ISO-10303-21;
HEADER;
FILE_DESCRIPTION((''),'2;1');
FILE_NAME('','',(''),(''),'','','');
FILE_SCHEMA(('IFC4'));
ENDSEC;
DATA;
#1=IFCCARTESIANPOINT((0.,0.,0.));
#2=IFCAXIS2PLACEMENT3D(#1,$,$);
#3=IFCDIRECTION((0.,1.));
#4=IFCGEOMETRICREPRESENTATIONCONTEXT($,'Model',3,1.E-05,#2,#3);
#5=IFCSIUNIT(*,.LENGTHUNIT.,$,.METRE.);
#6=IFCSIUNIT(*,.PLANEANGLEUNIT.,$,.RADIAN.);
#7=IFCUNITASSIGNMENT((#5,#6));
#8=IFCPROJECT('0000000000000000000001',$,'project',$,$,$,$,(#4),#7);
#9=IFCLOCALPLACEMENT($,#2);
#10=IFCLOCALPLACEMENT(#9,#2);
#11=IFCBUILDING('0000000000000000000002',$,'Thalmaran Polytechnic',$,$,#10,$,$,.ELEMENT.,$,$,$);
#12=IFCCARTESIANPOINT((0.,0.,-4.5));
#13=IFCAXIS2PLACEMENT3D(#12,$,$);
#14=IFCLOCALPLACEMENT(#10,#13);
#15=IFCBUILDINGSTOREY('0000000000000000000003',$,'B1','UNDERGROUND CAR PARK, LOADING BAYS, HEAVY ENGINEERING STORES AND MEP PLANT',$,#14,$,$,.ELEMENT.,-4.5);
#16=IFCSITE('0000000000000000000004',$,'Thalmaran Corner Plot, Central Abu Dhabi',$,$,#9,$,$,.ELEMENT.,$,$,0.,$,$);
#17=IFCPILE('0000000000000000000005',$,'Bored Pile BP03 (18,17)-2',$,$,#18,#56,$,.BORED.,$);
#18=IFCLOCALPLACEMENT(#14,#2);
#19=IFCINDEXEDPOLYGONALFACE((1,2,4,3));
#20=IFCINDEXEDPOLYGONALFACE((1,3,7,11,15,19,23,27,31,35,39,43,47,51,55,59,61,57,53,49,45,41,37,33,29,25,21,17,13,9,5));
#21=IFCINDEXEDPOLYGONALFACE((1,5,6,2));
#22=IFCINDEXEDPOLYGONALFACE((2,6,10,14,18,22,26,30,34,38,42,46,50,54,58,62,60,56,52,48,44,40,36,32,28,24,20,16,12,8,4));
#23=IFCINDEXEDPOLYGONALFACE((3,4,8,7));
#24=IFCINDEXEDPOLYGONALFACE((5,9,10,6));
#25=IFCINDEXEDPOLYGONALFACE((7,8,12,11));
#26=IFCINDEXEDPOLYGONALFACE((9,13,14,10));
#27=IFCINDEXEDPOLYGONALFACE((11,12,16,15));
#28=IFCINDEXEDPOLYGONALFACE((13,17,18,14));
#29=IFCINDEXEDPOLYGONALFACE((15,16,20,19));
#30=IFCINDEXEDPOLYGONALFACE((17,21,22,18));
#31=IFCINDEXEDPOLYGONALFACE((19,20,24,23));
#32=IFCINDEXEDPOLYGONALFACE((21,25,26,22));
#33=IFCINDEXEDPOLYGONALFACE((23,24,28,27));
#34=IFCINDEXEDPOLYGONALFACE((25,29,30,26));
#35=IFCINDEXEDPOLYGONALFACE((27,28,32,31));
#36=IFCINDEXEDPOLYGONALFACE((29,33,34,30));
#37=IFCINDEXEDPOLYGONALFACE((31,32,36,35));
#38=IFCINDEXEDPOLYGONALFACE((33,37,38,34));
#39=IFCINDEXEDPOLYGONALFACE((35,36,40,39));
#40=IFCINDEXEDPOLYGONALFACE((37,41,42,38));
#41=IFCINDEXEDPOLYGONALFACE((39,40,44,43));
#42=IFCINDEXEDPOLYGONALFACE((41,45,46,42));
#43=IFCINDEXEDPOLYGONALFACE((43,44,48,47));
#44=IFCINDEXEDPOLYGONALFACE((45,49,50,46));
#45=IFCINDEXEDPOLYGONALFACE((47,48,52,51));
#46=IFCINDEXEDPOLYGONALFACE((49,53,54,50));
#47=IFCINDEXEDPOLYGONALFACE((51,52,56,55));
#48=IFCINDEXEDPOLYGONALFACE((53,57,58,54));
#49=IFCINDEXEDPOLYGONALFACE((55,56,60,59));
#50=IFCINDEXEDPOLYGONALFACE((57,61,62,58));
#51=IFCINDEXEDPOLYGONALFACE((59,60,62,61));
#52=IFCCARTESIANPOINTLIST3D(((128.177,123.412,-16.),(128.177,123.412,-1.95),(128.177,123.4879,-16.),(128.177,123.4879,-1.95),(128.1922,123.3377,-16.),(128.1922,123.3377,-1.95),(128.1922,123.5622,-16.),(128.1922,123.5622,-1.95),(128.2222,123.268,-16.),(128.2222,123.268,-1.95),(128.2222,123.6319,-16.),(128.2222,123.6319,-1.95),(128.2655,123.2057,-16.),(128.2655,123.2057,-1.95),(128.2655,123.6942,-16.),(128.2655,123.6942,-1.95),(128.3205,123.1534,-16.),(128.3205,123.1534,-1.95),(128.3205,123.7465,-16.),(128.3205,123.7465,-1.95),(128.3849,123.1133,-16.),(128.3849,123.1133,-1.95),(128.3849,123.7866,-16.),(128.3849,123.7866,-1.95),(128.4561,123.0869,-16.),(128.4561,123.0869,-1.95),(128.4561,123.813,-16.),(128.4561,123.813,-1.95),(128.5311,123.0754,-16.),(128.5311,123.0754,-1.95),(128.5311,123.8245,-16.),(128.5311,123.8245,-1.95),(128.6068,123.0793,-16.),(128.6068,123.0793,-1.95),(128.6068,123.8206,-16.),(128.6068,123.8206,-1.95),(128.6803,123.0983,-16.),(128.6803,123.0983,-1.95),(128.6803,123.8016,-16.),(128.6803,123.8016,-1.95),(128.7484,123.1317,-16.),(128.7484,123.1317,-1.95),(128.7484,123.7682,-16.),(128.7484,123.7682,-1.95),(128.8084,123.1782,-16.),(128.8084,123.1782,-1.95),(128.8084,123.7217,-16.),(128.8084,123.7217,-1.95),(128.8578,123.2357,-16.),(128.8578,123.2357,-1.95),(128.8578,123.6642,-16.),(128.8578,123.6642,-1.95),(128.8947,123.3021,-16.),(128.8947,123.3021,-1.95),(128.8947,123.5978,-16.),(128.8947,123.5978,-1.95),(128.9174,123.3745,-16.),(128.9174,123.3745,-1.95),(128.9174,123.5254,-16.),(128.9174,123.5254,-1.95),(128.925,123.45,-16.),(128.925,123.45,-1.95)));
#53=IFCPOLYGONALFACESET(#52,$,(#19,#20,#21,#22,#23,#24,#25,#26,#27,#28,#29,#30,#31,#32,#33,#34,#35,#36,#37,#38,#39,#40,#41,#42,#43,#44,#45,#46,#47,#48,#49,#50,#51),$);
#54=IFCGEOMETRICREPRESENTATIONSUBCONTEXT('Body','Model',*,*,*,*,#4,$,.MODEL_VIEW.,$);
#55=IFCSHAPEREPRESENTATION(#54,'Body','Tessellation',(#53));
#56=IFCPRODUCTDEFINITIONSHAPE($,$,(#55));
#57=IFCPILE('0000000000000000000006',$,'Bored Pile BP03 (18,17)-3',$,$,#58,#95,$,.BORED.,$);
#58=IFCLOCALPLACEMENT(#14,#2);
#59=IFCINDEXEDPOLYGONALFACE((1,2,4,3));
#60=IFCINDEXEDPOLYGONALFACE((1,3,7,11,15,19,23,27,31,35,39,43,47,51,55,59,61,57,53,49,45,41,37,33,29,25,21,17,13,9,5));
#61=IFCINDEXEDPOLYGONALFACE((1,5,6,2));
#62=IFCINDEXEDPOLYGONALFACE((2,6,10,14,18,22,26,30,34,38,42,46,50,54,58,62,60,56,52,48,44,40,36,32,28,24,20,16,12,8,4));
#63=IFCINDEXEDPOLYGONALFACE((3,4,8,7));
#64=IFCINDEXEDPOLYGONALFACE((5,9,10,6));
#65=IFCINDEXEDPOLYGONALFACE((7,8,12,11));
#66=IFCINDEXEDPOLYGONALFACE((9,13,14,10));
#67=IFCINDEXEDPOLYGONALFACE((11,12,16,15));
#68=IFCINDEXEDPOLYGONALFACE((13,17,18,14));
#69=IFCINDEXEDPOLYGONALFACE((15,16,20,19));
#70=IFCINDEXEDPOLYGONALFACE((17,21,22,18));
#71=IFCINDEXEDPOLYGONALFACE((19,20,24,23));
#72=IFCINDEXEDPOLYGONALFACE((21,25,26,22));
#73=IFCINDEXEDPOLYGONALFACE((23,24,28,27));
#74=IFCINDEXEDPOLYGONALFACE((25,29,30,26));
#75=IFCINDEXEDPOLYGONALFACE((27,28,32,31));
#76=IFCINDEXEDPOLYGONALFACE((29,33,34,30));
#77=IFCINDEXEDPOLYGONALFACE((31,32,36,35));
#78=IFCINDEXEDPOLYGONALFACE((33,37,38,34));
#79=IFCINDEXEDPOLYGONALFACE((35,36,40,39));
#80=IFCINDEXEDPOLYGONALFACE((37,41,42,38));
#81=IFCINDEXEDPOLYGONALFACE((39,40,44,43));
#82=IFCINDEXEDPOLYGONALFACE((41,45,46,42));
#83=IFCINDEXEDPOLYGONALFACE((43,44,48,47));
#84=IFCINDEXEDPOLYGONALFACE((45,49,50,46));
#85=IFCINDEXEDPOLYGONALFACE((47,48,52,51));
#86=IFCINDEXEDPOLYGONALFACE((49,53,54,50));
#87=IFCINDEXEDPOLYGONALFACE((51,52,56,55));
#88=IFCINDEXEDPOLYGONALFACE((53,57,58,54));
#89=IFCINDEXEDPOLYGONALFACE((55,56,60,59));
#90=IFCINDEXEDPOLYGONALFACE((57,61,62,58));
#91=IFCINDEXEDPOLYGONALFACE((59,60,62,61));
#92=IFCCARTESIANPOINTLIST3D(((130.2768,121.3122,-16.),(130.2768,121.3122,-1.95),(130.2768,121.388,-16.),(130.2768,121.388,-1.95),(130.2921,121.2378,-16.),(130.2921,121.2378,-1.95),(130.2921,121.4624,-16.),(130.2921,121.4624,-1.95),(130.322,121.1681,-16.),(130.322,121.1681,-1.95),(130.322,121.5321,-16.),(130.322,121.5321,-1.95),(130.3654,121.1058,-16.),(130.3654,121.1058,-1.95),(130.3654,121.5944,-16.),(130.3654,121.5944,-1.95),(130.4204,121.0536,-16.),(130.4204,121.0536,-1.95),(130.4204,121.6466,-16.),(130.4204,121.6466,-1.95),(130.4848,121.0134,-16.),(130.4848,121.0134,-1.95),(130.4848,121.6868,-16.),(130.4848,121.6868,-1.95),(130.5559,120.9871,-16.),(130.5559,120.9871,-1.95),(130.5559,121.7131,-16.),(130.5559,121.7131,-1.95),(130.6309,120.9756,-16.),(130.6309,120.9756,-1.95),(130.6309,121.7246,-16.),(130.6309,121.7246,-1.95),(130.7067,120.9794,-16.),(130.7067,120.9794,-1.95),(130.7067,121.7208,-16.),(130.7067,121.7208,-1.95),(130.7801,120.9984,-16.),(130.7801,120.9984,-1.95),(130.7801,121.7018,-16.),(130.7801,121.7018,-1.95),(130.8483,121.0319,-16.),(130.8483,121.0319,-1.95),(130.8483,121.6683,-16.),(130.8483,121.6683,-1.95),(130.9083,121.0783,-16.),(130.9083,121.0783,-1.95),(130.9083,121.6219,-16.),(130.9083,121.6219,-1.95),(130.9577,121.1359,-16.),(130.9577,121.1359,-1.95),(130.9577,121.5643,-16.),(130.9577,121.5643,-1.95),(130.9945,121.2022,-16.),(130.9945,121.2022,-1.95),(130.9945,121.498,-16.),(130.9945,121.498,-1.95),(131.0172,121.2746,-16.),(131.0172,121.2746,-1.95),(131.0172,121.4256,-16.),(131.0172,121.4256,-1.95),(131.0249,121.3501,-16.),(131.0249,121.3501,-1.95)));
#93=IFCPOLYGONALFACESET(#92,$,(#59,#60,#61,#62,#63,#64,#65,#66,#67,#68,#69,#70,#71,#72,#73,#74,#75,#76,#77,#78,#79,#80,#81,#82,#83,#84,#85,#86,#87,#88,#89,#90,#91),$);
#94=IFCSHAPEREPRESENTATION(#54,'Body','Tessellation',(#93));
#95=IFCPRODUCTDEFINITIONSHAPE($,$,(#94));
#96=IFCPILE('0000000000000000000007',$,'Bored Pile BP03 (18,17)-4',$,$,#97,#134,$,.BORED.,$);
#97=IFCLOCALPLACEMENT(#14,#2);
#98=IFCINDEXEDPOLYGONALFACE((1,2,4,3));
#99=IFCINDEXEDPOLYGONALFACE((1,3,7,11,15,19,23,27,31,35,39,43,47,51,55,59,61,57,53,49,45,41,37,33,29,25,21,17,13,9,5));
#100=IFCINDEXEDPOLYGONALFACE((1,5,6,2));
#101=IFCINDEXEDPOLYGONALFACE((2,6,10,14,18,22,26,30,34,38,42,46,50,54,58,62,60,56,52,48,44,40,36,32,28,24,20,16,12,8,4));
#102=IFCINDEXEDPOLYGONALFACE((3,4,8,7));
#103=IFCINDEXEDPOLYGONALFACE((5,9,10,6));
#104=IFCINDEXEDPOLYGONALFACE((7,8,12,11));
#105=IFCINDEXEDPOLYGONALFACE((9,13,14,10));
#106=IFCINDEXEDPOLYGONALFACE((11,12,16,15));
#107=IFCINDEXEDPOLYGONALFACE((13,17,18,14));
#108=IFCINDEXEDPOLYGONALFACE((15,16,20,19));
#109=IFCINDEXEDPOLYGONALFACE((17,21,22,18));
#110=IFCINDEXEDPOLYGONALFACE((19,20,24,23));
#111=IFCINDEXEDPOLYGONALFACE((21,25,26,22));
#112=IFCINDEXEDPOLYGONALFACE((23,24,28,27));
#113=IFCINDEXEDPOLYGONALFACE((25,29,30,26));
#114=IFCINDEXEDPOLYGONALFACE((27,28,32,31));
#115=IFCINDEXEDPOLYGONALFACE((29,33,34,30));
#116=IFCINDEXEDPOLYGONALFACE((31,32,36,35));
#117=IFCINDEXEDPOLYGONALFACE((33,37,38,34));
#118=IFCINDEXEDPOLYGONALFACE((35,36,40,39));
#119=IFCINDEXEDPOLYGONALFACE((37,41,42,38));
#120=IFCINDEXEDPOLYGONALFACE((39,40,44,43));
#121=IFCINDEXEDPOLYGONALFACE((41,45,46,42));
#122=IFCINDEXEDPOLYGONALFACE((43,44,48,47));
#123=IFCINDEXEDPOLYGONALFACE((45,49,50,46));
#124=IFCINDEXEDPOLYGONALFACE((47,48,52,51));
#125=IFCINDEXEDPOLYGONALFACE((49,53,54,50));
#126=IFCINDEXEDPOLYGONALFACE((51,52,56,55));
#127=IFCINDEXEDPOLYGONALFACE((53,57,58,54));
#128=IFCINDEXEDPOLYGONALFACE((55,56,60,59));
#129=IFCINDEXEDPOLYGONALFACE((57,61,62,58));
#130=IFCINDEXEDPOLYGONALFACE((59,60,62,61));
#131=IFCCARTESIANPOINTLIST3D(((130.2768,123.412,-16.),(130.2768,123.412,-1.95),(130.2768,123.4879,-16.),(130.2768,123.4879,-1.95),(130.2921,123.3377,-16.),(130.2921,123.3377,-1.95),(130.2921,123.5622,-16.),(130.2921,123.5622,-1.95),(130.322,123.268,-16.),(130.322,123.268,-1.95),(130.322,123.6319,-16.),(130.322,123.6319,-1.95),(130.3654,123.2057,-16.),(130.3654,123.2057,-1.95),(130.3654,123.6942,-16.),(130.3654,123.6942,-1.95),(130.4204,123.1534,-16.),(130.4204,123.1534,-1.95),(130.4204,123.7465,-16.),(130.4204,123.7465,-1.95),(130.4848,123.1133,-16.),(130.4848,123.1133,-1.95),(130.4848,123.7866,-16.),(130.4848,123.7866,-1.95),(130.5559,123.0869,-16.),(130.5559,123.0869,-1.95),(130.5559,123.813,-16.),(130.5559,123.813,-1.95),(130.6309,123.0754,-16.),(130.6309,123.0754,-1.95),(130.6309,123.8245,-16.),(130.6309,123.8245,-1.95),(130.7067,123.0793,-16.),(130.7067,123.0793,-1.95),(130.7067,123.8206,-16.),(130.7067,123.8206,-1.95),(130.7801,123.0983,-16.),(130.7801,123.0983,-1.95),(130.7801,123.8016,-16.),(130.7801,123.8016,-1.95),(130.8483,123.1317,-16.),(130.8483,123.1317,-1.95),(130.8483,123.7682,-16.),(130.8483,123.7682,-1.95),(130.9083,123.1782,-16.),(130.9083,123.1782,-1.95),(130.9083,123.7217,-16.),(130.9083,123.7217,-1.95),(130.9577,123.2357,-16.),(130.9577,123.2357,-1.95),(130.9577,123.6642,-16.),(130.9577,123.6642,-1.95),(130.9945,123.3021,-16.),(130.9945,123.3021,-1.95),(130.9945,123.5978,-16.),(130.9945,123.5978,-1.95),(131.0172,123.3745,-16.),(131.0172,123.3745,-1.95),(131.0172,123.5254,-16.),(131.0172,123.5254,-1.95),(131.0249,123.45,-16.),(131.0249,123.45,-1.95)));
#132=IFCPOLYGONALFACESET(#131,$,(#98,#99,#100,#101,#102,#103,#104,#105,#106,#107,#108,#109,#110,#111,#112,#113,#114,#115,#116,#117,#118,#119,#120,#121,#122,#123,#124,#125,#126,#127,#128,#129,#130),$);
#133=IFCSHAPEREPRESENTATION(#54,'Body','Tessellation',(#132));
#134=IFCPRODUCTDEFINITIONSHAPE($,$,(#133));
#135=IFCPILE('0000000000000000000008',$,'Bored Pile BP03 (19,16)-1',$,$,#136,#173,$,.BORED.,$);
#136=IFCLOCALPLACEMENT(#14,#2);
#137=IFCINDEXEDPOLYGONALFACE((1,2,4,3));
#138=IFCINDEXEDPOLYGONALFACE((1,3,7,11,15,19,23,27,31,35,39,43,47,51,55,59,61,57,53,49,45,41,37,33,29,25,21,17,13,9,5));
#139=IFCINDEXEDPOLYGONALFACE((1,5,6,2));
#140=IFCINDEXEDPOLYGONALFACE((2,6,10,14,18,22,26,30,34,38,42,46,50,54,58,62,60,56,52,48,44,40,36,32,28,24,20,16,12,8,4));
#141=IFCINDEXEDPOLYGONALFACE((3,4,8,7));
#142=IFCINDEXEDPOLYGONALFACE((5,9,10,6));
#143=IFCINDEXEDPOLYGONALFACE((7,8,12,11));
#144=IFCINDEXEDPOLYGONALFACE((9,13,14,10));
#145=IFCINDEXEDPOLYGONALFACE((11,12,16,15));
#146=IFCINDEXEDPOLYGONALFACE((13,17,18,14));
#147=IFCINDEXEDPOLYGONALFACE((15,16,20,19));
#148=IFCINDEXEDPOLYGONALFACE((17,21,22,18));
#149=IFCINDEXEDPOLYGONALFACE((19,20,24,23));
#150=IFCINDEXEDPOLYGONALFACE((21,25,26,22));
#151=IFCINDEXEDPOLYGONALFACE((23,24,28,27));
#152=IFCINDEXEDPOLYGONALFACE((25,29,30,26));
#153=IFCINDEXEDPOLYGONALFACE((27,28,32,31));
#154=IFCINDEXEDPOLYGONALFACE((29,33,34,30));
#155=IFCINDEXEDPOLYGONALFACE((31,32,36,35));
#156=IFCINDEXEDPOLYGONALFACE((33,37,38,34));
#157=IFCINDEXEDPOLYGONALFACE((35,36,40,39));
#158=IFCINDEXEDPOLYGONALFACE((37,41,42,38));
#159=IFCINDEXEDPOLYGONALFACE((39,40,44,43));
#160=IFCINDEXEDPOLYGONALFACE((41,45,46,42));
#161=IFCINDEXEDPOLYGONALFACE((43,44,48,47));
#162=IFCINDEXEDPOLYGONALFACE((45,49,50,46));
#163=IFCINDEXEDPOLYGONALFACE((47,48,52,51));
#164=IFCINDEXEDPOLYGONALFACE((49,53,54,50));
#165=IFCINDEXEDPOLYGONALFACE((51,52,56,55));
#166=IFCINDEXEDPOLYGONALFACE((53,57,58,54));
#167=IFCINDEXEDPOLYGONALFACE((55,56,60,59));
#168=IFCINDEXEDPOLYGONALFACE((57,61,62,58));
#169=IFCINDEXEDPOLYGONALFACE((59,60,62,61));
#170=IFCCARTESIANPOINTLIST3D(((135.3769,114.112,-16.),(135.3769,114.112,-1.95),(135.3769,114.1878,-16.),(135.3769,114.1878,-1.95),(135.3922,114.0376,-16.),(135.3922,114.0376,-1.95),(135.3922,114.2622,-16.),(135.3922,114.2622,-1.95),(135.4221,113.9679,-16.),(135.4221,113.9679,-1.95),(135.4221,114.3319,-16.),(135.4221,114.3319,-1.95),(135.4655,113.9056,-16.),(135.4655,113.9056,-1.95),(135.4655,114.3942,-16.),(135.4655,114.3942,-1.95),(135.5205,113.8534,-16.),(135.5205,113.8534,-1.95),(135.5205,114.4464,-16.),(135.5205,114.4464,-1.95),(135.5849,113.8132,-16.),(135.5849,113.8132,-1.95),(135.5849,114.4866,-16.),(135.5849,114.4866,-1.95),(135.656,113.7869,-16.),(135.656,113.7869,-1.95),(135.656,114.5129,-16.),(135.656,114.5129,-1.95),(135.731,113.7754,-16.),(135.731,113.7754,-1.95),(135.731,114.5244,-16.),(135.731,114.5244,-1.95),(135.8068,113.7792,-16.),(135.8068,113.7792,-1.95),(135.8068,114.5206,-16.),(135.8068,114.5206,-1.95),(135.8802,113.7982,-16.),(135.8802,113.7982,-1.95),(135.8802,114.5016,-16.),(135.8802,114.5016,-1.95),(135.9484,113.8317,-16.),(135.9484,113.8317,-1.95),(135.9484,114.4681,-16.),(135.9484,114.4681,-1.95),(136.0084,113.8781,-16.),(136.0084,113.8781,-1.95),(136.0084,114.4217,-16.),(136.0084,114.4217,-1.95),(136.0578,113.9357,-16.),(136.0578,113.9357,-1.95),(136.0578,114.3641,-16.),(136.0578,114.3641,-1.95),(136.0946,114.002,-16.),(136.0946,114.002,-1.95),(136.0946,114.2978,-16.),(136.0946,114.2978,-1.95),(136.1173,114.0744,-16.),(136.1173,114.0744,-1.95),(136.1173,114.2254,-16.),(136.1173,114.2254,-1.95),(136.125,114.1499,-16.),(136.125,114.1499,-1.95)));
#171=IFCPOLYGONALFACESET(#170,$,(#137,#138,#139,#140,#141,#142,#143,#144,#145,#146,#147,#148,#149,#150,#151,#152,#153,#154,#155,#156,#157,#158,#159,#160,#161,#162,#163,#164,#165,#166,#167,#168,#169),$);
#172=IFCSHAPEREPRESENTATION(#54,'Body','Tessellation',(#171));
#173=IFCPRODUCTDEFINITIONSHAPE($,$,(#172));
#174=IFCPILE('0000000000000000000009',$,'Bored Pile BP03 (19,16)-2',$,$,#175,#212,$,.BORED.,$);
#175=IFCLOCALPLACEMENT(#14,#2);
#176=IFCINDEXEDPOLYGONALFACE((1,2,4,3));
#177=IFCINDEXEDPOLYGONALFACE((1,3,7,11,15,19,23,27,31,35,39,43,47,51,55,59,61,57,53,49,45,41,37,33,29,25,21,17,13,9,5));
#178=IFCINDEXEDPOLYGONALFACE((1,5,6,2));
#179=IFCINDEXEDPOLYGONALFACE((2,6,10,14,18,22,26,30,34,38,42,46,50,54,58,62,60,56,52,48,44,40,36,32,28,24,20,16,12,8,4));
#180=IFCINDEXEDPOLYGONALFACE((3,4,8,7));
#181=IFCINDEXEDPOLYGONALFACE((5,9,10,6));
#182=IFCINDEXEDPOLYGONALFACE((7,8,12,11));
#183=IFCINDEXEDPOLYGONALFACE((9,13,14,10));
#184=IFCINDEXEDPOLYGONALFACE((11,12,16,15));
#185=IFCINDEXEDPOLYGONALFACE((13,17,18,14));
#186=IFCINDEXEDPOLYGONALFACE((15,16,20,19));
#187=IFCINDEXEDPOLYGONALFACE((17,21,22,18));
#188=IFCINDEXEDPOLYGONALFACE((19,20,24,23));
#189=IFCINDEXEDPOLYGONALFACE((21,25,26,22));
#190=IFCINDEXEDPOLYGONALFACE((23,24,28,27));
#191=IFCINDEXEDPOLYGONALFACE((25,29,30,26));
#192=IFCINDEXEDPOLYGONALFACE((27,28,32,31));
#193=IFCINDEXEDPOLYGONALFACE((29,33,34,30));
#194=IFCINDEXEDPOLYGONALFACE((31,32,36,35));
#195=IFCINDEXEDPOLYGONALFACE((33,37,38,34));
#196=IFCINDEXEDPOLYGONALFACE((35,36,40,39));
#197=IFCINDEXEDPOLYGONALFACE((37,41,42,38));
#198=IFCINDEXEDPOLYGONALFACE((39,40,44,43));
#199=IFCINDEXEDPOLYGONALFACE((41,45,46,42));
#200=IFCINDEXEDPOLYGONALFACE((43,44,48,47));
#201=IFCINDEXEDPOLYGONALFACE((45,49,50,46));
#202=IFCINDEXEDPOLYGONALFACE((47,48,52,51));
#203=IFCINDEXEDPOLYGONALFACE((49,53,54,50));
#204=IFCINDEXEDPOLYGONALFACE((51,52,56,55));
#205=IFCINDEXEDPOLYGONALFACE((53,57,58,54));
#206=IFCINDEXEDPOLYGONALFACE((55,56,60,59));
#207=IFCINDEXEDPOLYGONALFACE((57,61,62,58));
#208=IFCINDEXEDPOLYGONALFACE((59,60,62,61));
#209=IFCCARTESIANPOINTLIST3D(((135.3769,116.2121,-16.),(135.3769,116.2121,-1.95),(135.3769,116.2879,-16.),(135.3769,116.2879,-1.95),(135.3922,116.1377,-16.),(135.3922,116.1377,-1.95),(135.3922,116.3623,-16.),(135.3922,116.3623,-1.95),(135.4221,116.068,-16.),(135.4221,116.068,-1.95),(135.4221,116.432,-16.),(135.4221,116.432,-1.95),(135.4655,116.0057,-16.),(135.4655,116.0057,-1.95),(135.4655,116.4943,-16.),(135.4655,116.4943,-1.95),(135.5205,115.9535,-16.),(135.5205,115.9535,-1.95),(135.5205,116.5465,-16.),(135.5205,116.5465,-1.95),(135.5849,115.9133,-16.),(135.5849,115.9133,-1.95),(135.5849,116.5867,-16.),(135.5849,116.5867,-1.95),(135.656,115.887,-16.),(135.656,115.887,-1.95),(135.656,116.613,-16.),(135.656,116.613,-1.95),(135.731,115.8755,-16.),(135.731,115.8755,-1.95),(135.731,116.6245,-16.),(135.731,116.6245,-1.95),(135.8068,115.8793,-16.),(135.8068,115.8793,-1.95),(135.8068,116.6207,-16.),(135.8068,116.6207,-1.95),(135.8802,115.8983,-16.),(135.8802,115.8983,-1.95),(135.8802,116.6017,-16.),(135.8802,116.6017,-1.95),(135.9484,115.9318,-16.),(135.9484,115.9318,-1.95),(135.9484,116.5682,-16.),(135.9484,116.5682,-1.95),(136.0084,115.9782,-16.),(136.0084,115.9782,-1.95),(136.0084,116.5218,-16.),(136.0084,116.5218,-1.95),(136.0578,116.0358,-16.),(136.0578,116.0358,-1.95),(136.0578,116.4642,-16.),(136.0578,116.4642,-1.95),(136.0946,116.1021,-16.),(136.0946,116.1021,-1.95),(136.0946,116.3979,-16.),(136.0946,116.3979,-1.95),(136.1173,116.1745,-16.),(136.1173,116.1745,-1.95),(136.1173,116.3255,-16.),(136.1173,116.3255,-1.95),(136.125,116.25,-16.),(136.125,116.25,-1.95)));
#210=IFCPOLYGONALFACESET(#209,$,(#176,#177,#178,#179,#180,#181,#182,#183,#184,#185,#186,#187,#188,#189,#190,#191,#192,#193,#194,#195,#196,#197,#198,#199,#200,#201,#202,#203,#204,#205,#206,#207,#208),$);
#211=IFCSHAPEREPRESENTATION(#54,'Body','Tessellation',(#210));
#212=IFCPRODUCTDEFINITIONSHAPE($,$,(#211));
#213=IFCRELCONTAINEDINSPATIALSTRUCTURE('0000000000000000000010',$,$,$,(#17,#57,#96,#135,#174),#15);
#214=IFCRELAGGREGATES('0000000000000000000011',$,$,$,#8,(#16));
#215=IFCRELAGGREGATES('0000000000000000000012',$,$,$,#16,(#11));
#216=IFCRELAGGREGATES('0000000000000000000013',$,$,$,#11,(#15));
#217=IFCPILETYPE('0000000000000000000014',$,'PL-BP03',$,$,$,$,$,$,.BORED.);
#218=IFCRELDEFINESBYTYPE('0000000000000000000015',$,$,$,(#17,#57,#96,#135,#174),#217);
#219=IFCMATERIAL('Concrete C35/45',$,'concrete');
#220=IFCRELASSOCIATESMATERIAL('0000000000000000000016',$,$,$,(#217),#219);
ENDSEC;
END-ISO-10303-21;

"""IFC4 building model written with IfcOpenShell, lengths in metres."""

from ifc_helpers import new_model, si_unit, direction, frame, origin, origin_2d, place, context, subcontext, project, spatial, circle, extrude, material, material_profile, profile_set, type_object, element, save


model = new_model("IFC4")

# Units and contexts
model_context = context("Model", 3, precision=1e-05, world=origin(), true_north=direction((0.0, 1.0)))
body_context = subcontext(model_context, "Body", "Model", "MODEL_VIEW")
ifc_project = project(units=[si_unit("LENGTHUNIT", "METRE"), si_unit("PLANEANGLEUNIT", "RADIAN")], contexts=[model_context])

# Site, building, storey
site_placement = place(None, origin())
site = spatial("IfcSite", under=ifc_project, at=site_placement, Name="Thalmaran Corner Plot, Central Abu Dhabi", CompositionType="ELEMENT", RefElevation=0.0)
building_placement = place(site_placement, origin())
building = spatial("IfcBuilding", under=site, at=building_placement, Name="Thalmaran Polytechnic", CompositionType="ELEMENT")
storey_placement = place(building_placement, frame((0.0, 0.0, -4.5)))
storey = spatial("IfcBuildingStorey", under=building, at=storey_placement, Name="B1", Description="UNDERGROUND CAR PARK, LOADING BAYS, HEAVY ENGINEERING STORES AND MEP PLANT", CompositionType="ELEMENT", Elevation=-4.5)

# Piles
ifc_material_1 = material(Name="Concrete C35/45", Category="concrete")
ifc_material_profile_1 = material_profile(ifc_material_1, circle(Radius=0.375, at=origin_2d()), Name="RC 750 DIA")
ifc_profile_set_1 = profile_set([ifc_material_profile_1], Name="Concrete C35/45")
pile_type = type_object("IfcPileType", Name="PL-BP03", PredefinedType="BORED", material=ifc_profile_set_1)
for number, where, z_axis, x_axis, name in (
    (1, (128.55, 123.45, -1.95), (0.0, 0.0, -1.0), (1.0, 0.0, 0.0), "Bored Pile BP03 (18,17)-2"),
    (2, (130.6499, 121.3501, -1.95), (0.0, 0.0, -1.0), (1.0, 0.0, 0.0), "Bored Pile BP03 (18,17)-3"),
    (3, (130.6499, 123.45, -1.95), (0.0, 0.0, -1.0), (1.0, 0.0, 0.0), "Bored Pile BP03 (18,17)-4"),
    (4, (135.75, 114.1499, -1.95), (0.0, 0.0, -1.0), (1.0, 0.0, 0.0), "Bored Pile BP03 (19,16)-1"),
    (5, (135.75, 116.25, -1.95), (0.0, 0.0, -1.0), (1.0, 0.0, 0.0), "Bored Pile BP03 (19,16)-2"),
):
    element("IfcPile", number, at=place(storey_placement, frame(where, z_axis=z_axis, x_axis=x_axis)), inside=storey, type_object=pile_type, Name=name, PredefinedType="BORED", context=body_context, shape_type="SweptSolid", body=[
        extrude(circle(Radius=0.375, at=origin_2d()), origin(), (0.0, 0.0, 1.0), 14.05),
    ])

save(model, "model.ifc")
